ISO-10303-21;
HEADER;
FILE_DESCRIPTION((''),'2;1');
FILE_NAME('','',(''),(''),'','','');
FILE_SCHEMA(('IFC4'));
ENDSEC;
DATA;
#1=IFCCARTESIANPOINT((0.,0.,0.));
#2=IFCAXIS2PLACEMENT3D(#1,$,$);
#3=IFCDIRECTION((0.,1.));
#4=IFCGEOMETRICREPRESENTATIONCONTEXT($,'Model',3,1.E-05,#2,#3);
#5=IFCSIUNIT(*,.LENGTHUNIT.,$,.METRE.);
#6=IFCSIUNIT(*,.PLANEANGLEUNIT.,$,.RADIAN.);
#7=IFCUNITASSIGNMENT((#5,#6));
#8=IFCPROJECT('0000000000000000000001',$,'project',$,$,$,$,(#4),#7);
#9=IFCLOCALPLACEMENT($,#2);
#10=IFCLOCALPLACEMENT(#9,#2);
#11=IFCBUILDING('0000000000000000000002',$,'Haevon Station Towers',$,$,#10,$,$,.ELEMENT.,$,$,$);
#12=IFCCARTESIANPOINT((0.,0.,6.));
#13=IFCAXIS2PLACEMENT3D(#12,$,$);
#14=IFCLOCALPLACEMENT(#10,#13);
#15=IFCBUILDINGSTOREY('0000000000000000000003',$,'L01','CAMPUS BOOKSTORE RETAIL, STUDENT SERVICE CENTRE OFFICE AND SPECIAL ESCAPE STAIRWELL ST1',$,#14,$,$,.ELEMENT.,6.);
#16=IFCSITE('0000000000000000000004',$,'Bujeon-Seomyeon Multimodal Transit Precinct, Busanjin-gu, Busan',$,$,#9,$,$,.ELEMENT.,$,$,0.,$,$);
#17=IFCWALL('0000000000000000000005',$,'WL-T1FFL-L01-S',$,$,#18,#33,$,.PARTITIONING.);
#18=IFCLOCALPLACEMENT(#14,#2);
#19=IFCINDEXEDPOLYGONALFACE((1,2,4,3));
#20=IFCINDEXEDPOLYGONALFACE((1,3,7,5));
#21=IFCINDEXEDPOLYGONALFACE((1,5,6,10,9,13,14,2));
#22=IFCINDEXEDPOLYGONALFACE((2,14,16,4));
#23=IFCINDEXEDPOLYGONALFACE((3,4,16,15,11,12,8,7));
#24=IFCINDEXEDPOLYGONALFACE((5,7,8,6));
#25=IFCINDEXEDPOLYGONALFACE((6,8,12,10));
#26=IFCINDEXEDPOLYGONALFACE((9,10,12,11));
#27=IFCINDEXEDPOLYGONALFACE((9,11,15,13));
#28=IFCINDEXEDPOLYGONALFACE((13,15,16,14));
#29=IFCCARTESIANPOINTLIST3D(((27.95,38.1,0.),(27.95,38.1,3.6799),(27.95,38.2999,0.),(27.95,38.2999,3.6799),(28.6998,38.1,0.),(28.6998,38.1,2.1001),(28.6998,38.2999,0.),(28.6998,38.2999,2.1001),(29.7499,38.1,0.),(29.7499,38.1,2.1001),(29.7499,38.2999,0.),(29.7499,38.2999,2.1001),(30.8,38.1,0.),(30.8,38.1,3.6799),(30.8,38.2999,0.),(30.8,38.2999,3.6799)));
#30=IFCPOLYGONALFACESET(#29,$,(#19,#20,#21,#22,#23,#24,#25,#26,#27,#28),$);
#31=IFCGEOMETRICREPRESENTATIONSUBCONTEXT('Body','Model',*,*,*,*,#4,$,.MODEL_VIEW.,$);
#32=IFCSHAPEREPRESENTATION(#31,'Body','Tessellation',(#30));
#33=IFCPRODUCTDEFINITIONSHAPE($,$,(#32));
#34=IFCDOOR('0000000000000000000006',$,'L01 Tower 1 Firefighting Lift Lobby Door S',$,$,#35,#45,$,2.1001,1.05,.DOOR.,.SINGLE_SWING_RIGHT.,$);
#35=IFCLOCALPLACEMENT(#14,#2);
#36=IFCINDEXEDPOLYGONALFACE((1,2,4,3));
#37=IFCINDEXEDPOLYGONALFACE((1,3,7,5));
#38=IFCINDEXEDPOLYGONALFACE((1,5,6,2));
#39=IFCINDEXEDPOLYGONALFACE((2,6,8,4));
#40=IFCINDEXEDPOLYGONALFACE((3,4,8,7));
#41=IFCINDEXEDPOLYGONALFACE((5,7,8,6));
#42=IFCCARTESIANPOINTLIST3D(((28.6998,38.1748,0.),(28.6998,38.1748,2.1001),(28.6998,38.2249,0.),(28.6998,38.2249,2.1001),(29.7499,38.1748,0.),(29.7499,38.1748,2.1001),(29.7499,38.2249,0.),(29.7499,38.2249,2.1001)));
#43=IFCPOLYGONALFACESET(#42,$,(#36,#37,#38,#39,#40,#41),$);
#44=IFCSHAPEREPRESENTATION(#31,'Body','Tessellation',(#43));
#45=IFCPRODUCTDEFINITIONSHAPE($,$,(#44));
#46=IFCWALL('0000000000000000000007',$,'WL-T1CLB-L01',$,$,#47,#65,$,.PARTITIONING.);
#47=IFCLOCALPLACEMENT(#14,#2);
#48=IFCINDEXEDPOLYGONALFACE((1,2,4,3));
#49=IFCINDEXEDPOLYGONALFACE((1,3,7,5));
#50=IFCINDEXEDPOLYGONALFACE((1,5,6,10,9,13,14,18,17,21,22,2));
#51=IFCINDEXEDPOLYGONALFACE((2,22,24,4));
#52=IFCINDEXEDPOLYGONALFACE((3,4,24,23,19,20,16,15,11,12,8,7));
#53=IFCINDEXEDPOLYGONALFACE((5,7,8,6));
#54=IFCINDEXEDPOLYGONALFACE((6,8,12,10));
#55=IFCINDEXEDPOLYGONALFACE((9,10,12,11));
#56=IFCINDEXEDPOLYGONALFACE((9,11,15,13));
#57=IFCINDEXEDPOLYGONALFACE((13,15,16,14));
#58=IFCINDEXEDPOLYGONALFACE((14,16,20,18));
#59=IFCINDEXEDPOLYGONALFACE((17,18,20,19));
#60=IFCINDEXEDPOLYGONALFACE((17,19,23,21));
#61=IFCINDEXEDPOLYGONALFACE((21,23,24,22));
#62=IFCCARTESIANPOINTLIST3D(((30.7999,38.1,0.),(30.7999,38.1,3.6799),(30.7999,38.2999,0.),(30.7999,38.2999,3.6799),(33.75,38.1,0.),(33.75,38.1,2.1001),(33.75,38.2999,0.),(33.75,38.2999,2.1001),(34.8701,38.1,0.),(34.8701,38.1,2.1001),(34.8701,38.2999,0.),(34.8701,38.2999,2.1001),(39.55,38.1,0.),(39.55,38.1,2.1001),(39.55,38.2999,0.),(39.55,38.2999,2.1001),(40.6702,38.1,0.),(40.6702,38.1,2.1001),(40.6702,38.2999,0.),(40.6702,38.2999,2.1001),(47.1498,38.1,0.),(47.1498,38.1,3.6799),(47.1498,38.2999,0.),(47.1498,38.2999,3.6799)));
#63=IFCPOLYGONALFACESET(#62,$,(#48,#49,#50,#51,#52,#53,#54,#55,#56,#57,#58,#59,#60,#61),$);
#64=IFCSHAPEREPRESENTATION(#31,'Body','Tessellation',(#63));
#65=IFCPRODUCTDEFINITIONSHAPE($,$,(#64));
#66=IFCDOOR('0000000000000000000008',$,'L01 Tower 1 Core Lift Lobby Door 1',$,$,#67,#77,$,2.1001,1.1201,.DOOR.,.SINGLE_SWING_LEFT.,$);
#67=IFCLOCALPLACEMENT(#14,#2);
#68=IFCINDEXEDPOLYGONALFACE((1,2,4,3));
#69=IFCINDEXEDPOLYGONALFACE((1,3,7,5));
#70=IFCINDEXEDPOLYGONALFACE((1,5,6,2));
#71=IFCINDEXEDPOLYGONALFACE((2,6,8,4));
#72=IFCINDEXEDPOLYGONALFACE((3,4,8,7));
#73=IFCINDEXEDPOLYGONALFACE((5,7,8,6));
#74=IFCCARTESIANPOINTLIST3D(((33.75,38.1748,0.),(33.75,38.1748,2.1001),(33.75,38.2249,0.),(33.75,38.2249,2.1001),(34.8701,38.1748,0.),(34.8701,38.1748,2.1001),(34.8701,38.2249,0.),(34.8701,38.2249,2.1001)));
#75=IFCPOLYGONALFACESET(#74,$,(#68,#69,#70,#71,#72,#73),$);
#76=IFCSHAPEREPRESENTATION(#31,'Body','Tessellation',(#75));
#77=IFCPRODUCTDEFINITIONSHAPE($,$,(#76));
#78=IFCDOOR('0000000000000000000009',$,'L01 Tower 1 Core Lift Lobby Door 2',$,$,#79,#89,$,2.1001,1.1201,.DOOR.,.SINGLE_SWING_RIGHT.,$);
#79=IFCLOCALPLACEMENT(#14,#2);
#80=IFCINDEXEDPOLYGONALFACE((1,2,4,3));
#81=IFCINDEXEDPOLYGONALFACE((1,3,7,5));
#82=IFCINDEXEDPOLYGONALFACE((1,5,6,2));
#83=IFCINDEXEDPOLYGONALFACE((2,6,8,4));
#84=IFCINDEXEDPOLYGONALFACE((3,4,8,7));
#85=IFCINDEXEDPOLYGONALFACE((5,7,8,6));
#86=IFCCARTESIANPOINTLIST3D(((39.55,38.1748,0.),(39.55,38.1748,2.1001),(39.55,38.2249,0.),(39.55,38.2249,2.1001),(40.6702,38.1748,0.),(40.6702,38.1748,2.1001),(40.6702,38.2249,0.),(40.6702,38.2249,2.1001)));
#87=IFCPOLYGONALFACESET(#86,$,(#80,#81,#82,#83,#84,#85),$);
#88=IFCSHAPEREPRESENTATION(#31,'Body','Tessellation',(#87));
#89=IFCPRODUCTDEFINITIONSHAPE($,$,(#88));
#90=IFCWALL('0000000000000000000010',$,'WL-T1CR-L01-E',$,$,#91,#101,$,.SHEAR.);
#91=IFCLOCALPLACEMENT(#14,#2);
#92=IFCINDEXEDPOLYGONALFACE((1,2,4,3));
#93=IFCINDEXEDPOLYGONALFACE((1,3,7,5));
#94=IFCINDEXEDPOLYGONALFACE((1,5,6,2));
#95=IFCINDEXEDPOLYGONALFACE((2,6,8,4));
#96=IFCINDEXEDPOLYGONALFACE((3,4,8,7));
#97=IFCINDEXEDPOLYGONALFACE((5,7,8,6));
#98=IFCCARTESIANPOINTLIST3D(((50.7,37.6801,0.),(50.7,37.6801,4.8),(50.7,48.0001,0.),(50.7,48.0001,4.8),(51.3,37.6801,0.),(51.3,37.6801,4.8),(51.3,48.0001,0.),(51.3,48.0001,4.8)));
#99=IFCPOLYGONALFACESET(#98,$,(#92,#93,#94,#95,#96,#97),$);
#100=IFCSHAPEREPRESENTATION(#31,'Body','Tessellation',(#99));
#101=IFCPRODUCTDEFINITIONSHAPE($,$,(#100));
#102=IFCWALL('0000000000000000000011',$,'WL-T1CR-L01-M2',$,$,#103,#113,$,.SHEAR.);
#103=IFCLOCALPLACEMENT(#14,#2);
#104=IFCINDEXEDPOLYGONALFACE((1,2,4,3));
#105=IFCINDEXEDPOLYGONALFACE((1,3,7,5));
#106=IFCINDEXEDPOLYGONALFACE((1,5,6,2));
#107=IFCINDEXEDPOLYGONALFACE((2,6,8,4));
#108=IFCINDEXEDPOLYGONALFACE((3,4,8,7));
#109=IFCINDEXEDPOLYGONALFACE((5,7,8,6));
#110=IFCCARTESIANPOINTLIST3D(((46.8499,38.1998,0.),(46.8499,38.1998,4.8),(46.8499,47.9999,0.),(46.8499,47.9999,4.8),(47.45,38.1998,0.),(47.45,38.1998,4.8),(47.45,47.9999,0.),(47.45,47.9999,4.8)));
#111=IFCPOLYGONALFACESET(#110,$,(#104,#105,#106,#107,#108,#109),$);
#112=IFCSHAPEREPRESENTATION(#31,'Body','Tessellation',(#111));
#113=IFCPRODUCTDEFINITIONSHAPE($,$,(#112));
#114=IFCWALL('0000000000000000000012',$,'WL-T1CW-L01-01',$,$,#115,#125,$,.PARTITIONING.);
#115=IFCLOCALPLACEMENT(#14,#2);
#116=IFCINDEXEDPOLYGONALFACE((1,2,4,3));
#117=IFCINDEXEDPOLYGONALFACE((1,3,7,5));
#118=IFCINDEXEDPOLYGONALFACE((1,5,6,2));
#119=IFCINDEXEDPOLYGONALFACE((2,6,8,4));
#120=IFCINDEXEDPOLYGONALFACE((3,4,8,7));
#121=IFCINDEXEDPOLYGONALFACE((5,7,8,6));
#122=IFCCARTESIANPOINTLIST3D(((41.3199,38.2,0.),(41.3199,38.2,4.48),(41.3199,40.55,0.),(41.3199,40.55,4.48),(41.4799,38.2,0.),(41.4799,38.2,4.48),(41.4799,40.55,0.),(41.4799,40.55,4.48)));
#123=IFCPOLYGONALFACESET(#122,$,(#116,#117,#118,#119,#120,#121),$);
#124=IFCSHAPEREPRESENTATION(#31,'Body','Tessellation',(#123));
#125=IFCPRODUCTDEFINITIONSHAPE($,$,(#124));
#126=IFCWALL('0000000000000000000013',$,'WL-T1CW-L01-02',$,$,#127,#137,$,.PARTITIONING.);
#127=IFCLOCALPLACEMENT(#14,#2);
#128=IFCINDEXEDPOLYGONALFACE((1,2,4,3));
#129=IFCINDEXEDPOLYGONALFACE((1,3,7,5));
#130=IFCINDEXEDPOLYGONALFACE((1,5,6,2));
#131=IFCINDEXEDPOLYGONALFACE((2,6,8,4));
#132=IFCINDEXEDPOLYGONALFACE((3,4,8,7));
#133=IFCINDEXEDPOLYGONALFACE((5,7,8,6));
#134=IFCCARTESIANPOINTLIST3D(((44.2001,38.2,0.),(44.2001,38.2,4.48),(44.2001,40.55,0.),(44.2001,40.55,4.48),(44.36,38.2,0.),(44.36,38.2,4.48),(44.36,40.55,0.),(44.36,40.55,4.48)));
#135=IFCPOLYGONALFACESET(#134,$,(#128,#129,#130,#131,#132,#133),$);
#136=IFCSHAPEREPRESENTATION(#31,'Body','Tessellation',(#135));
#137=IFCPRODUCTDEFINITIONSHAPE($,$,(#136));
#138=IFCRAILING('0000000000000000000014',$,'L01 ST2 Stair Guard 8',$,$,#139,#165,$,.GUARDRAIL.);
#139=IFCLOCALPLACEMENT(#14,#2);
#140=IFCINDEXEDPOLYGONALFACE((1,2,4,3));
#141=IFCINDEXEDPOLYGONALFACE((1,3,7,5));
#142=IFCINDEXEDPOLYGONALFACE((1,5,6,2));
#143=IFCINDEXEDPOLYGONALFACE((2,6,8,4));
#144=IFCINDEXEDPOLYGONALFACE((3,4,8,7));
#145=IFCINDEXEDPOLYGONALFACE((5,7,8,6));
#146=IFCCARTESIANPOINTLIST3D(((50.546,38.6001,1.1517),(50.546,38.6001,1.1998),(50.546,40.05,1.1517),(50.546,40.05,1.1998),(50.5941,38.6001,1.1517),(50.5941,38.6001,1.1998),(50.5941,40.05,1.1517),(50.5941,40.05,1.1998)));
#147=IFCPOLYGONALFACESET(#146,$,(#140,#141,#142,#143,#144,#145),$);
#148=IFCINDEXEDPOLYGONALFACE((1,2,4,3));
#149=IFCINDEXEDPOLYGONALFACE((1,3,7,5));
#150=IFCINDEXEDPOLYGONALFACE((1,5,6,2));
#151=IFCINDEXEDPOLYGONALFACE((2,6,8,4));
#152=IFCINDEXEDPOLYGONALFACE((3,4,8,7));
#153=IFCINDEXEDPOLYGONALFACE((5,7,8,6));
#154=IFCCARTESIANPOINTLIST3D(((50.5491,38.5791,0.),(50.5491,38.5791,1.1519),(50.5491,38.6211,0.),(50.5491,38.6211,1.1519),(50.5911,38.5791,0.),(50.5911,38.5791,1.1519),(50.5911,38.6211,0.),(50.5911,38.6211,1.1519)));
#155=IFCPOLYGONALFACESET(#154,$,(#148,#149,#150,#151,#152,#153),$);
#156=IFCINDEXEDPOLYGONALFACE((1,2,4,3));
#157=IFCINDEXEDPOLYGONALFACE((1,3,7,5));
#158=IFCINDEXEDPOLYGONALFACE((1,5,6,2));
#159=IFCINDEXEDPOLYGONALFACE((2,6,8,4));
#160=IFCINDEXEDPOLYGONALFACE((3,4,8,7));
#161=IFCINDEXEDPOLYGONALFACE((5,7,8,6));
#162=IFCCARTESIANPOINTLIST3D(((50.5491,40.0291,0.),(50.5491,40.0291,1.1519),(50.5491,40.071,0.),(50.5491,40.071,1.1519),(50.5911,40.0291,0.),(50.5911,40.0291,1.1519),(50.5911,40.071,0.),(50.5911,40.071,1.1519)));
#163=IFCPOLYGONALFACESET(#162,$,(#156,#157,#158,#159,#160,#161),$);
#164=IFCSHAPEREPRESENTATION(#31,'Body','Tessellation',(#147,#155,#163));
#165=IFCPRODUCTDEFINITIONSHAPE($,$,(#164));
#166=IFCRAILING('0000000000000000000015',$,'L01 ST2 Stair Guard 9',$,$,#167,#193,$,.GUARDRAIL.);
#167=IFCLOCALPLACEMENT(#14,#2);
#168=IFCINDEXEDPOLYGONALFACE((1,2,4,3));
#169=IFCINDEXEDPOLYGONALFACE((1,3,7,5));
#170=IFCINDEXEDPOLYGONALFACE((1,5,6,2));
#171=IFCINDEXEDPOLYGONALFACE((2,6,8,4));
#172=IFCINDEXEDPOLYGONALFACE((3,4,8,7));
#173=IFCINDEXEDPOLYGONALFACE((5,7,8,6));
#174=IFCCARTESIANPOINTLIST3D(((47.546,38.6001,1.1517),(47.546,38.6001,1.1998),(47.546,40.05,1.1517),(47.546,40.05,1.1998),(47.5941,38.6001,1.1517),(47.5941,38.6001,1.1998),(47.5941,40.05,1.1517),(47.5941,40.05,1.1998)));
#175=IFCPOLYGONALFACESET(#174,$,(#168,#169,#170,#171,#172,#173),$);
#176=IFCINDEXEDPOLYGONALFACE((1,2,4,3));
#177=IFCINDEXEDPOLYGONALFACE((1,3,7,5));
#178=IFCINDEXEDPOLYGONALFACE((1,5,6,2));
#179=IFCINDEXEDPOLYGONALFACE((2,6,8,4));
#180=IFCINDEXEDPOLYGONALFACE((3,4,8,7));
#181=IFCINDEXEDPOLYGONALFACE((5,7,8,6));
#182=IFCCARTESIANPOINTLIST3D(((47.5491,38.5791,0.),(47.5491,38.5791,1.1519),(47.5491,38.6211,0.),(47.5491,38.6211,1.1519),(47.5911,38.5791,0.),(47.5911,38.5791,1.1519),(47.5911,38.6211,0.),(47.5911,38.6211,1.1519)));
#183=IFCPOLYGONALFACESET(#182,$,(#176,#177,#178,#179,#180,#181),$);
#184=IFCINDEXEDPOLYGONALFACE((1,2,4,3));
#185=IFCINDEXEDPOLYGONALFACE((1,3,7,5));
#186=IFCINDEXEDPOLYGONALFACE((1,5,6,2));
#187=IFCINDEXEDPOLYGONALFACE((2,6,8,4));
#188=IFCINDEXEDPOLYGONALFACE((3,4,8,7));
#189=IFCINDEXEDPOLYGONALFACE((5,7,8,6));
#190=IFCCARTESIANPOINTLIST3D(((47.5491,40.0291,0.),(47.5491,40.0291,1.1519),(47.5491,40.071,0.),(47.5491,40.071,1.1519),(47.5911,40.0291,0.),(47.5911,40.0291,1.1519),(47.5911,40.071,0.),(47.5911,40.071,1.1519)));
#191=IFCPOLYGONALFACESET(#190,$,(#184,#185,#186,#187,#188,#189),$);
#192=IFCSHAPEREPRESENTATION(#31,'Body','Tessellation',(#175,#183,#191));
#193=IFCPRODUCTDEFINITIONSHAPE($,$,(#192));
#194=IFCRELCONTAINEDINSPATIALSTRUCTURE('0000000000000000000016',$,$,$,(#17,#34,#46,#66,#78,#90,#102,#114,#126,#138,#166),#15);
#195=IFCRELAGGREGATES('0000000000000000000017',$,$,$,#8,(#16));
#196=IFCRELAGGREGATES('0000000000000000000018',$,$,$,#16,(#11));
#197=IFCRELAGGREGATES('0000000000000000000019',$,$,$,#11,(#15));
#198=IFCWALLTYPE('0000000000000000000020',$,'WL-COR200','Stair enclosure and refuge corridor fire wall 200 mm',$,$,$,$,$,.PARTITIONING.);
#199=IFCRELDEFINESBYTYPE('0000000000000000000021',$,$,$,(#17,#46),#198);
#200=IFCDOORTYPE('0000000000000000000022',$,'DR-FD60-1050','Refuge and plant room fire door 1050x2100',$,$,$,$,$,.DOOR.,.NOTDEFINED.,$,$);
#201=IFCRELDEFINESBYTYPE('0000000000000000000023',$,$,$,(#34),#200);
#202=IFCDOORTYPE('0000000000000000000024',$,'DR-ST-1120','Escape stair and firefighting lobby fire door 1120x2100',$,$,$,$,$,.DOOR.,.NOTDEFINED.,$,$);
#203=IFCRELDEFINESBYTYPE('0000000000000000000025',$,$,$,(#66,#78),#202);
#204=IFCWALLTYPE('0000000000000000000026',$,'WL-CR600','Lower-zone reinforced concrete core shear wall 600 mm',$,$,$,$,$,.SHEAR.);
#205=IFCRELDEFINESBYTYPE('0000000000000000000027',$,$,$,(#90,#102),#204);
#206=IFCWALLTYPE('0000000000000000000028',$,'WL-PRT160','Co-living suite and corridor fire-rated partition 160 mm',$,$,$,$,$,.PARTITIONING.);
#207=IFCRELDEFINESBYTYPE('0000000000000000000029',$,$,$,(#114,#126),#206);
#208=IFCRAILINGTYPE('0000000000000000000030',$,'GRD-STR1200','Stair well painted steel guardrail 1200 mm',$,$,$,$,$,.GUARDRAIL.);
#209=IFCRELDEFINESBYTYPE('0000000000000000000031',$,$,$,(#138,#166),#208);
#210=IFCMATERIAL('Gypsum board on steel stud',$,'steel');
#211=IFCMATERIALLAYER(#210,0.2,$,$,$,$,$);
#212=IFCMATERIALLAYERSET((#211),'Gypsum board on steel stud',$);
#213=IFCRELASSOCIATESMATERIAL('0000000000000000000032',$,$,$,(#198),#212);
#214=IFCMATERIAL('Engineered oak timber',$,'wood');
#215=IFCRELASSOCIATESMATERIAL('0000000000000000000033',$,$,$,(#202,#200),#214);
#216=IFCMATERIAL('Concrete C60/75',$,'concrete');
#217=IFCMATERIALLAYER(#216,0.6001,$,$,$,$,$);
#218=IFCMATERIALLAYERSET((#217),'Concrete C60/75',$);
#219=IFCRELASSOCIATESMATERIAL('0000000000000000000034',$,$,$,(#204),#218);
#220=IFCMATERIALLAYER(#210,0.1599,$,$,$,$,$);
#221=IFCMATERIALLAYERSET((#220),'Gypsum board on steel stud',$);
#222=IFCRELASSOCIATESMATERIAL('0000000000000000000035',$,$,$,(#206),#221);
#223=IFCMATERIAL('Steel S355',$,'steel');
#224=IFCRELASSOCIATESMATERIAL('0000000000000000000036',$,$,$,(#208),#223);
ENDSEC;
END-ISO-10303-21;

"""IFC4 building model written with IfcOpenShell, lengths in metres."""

from ifc_helpers import new_model, si_unit, direction, frame, frame_2d, origin, origin_2d, place, context, subcontext, project, spatial, rectangle, extrude, material, layer, layer_set, type_object, element, fill, save


model = new_model("IFC4")

# Units and contexts
model_context = context("Model", 3, precision=1e-05, world=origin(), true_north=direction((0.0, 1.0)))
body_context = subcontext(model_context, "Body", "Model", "MODEL_VIEW")
ifc_project = project(units=[si_unit("LENGTHUNIT", "METRE"), si_unit("PLANEANGLEUNIT", "RADIAN")], contexts=[model_context])

# Site, building, storey
site_placement = place(None, origin())
site = spatial("IfcSite", under=ifc_project, at=site_placement, Name="Bujeon-Seomyeon Multimodal Transit Precinct, Busanjin-gu, Busan", CompositionType="ELEMENT", RefElevation=0.0)
building_placement = place(site_placement, origin())
building = spatial("IfcBuilding", under=site, at=building_placement, Name="Haevon Station Towers", CompositionType="ELEMENT")
storey_placement = place(building_placement, frame((0.0, 0.0, 6.0)))
storey = spatial("IfcBuildingStorey", under=building, at=storey_placement, Name="L01", Description="CAMPUS BOOKSTORE RETAIL, STUDENT SERVICE CENTRE OFFICE AND SPECIAL ESCAPE STAIRWELL ST1", CompositionType="ELEMENT", Elevation=6.0)

# Shared definitions
ifc_material_1 = material(Name="Steel S355", Category="steel")

# Wall, opening, door
ifc_material_2 = material(Name="Gypsum board on steel stud", Category="steel")
ifc_layer_1 = layer(ifc_material_2, 0.2)
ifc_layer_set_1 = layer_set([ifc_layer_1], Name="Gypsum board on steel stud")
wall_type_1 = type_object("IfcWallType", Name="WL-COR200", Description="Stair enclosure and refuge corridor fire wall 200 mm", PredefinedType="PARTITIONING", material=ifc_layer_set_1)
ifc_material_3 = material(Name="Engineered oak timber", Category="wood")
door_type_1 = type_object("IfcDoorType", Name="DR-ST-1120", Description="Escape stair and firefighting lobby fire door 1120x2100", OperationType="NOTDEFINED", PredefinedType="DOOR", material=ifc_material_3)
door_type_2 = type_object("IfcDoorType", Name="DR-FD60-1050", Description="Refuge and plant room fire door 1050x2100", OperationType="NOTDEFINED", PredefinedType="DOOR", material=ifc_material_3)
wall_1_placement = place(storey_placement, frame((27.95, 38.2, 0.0), z_axis=(0.0, 0.0, 1.0), x_axis=(1.0, 0.0, 0.0)))
wall_1 = element("IfcWall", 1, at=wall_1_placement, inside=storey, type_object=wall_type_1, Name="WL-T1FFL-L01-S", PredefinedType="PARTITIONING", context=body_context, shape_type="SweptSolid", body=[
    extrude(rectangle(XDim=2.8501, YDim=0.2, at=frame_2d((1.425, 0.0))), origin(), (0.0, 0.0, 1.0), 3.6799),
])
opening_1_placement = place(wall_1_placement, frame((0.75, 0.0, 0.0)))
opening_1 = element("IfcOpeningElement", 2, at=opening_1_placement, cuts=wall_1, PredefinedType="OPENING", context=body_context, shape_type="SweptSolid", body=[
    extrude(rectangle(XDim=1.05, YDim=2.1001, at=frame_2d((0.5249, 1.05))), frame((0.0, 0.1099, 0.0), z_axis=(0.0, -1.0, 0.0), x_axis=(1.0, 0.0, 0.0)), (0.0, 0.0, 1.0), 0.22),
])
door_1_placement = place(opening_1_placement, origin())
door_1 = element("IfcDoor", 3, at=door_1_placement, inside=storey, type_object=door_type_2, Name="L01 Tower 1 Firefighting Lift Lobby Door S", OperationType="SINGLE_SWING_RIGHT", OverallHeight=2.1001, OverallWidth=1.05, PredefinedType="DOOR", context=body_context, shape_type="SweptSolid", body=[
    extrude(rectangle(XDim=1.05, YDim=2.1001, at=frame_2d((0.5249, 1.05))), frame((0.0, 0.0249, 0.0), z_axis=(0.0, -1.0, 0.0), x_axis=(1.0, 0.0, 0.0)), (0.0, 0.0, 1.0), 0.05),
])
fill(opening_1, door_1)

# Wall, openings, doors
wall_2_placement = place(storey_placement, frame((30.8, 38.2, 0.0), z_axis=(0.0, 0.0, 1.0), x_axis=(1.0, 0.0, 0.0)))
wall_2 = element("IfcWall", 4, at=wall_2_placement, inside=storey, type_object=wall_type_1, Name="WL-T1CLB-L01", PredefinedType="PARTITIONING", context=body_context, shape_type="SweptSolid", body=[
    extrude(rectangle(XDim=16.3499, YDim=0.2, at=frame_2d((8.1748, 0.0))), origin(), (0.0, 0.0, 1.0), 3.6799),
])
opening_2_placement = place(wall_2_placement, frame((2.95, 0.0, 0.0)))
opening_2 = element("IfcOpeningElement", 5, at=opening_2_placement, cuts=wall_2, PredefinedType="OPENING", context=body_context, shape_type="SweptSolid", body=[
    extrude(rectangle(XDim=1.1201, YDim=2.1001, at=frame_2d((0.5601, 1.05))), frame((0.0, 0.1099, 0.0), z_axis=(0.0, -1.0, 0.0), x_axis=(1.0, 0.0, 0.0)), (0.0, 0.0, 1.0), 0.22),
])
opening_3_placement = place(wall_2_placement, frame((8.75, 0.0, 0.0)))
opening_3 = element("IfcOpeningElement", 6, at=opening_3_placement, cuts=wall_2, PredefinedType="OPENING", context=body_context, shape_type="SweptSolid", body=[
    extrude(rectangle(XDim=1.1201, YDim=2.1001, at=frame_2d((0.5601, 1.05))), frame((0.0, 0.1099, 0.0), z_axis=(0.0, -1.0, 0.0), x_axis=(1.0, 0.0, 0.0)), (0.0, 0.0, 1.0), 0.22),
])
door_2_placement = place(opening_2_placement, origin())
door_2 = element("IfcDoor", 7, at=door_2_placement, inside=storey, type_object=door_type_1, Name="L01 Tower 1 Core Lift Lobby Door 1", OperationType="SINGLE_SWING_LEFT", OverallHeight=2.1001, OverallWidth=1.1201, PredefinedType="DOOR", context=body_context, shape_type="SweptSolid", body=[
    extrude(rectangle(XDim=1.1201, YDim=2.1001, at=frame_2d((0.5601, 1.05))), frame((0.0, 0.0249, 0.0), z_axis=(0.0, -1.0, 0.0), x_axis=(1.0, 0.0, 0.0)), (0.0, 0.0, 1.0), 0.05),
])
fill(opening_2, door_2)
door_3_placement = place(opening_3_placement, origin())
door_3 = element("IfcDoor", 8, at=door_3_placement, inside=storey, type_object=door_type_1, Name="L01 Tower 1 Core Lift Lobby Door 2", OperationType="SINGLE_SWING_RIGHT", OverallHeight=2.1001, OverallWidth=1.1201, PredefinedType="DOOR", context=body_context, shape_type="SweptSolid", body=[
    extrude(rectangle(XDim=1.1201, YDim=2.1001, at=frame_2d((0.5601, 1.05))), frame((0.0, 0.0249, 0.0), z_axis=(0.0, -1.0, 0.0), x_axis=(1.0, 0.0, 0.0)), (0.0, 0.0, 1.0), 0.05),
])
fill(opening_3, door_3)

# Walls
ifc_material_4 = material(Name="Concrete C60/75", Category="concrete")
ifc_layer_2 = layer(ifc_material_4, 0.6001)
ifc_layer_set_2 = layer_set([ifc_layer_2], Name="Concrete C60/75")
wall_type_2 = type_object("IfcWallType", Name="WL-CR600", Description="Lower-zone reinforced concrete core shear wall 600 mm", PredefinedType="SHEAR", material=ifc_layer_set_2)
wall_3_placement = place(storey_placement, frame((51.0, 37.6799, 0.0), z_axis=(0.0, 0.0, 1.0), x_axis=(0.0, 1.0, 0.0)))
element("IfcWall", 9, at=wall_3_placement, inside=storey, type_object=wall_type_2, Name="WL-T1CR-L01-E", PredefinedType="SHEAR", context=body_context, shape_type="SweptSolid", body=[
    extrude(rectangle(XDim=10.3201, YDim=0.6001, at=frame_2d((5.1602, 0.0))), origin(), (0.0, 0.0, 1.0), 4.8),
])
wall_4_placement = place(storey_placement, frame((47.1499, 38.2, 0.0), z_axis=(0.0, 0.0, 1.0), x_axis=(0.0, 1.0, 0.0)))
element("IfcWall", 10, at=wall_4_placement, inside=storey, type_object=wall_type_2, Name="WL-T1CR-L01-M2", PredefinedType="SHEAR", context=body_context, shape_type="SweptSolid", body=[
    extrude(rectangle(XDim=9.8, YDim=0.6001, at=frame_2d((4.8999, 0.0))), origin(), (0.0, 0.0, 1.0), 4.8),
])
ifc_layer_3 = layer(ifc_material_2, 0.1599)
ifc_layer_set_3 = layer_set([ifc_layer_3], Name="Gypsum board on steel stud")
wall_type_3 = type_object("IfcWallType", Name="WL-PRT160", Description="Co-living suite and corridor fire-rated partition 160 mm", PredefinedType="PARTITIONING", material=ifc_layer_set_3)
for number, where, z_axis, x_axis, name in (
    (11, (41.3999, 38.2, 0.0), (0.0, 0.0, 1.0), (0.0, 1.0, 0.0), "WL-T1CW-L01-01"),
    (12, (44.28, 38.2, 0.0), (0.0, 0.0, 1.0), (0.0, 1.0, 0.0), "WL-T1CW-L01-02"),
):
    element("IfcWall", number, at=place(storey_placement, frame(where, z_axis=z_axis, x_axis=x_axis)), inside=storey, type_object=wall_type_3, Name=name, PredefinedType="PARTITIONING", context=body_context, shape_type="SweptSolid", body=[
        extrude(rectangle(XDim=2.3501, YDim=0.1599, at=frame_2d((1.175, 0.0))), origin(), (0.0, 0.0, 1.0), 4.48),
    ])

# Railings
railing_type = type_object("IfcRailingType", Name="GRD-STR1200", Description="Stair well painted steel guardrail 1200 mm", PredefinedType="GUARDRAIL", material=ifc_material_1)
for number, where, name in (
    (13, (50.5701, 38.6001, 0.0), "L01 ST2 Stair Guard 8"),
    (14, (47.5701, 38.6001, 0.0), "L01 ST2 Stair Guard 9"),
):
    element("IfcRailing", number, at=place(storey_placement, frame(where)), inside=storey, type_object=railing_type, Name=name, PredefinedType="GUARDRAIL", context=body_context, shape_type="SweptSolid", body=[
        extrude(rectangle(XDim=0.0481, YDim=0.0481, at=origin_2d()), frame((0.0, 0.0, 1.1758), z_axis=(0.0, 1.0, 0.0), x_axis=(-1.0, 0.0, 0.0)), (0.0, 0.0, 1.0), 1.45),
        extrude(rectangle(XDim=0.042, YDim=0.042, at=origin_2d()), origin(), (0.0, 0.0, 1.0), 1.1519),
        extrude(rectangle(XDim=0.042, YDim=0.042, at=origin_2d()), frame((0.0, 1.45, 0.0)), (0.0, 0.0, 1.0), 1.1519),
    ])

save(model, "model.ifc")
